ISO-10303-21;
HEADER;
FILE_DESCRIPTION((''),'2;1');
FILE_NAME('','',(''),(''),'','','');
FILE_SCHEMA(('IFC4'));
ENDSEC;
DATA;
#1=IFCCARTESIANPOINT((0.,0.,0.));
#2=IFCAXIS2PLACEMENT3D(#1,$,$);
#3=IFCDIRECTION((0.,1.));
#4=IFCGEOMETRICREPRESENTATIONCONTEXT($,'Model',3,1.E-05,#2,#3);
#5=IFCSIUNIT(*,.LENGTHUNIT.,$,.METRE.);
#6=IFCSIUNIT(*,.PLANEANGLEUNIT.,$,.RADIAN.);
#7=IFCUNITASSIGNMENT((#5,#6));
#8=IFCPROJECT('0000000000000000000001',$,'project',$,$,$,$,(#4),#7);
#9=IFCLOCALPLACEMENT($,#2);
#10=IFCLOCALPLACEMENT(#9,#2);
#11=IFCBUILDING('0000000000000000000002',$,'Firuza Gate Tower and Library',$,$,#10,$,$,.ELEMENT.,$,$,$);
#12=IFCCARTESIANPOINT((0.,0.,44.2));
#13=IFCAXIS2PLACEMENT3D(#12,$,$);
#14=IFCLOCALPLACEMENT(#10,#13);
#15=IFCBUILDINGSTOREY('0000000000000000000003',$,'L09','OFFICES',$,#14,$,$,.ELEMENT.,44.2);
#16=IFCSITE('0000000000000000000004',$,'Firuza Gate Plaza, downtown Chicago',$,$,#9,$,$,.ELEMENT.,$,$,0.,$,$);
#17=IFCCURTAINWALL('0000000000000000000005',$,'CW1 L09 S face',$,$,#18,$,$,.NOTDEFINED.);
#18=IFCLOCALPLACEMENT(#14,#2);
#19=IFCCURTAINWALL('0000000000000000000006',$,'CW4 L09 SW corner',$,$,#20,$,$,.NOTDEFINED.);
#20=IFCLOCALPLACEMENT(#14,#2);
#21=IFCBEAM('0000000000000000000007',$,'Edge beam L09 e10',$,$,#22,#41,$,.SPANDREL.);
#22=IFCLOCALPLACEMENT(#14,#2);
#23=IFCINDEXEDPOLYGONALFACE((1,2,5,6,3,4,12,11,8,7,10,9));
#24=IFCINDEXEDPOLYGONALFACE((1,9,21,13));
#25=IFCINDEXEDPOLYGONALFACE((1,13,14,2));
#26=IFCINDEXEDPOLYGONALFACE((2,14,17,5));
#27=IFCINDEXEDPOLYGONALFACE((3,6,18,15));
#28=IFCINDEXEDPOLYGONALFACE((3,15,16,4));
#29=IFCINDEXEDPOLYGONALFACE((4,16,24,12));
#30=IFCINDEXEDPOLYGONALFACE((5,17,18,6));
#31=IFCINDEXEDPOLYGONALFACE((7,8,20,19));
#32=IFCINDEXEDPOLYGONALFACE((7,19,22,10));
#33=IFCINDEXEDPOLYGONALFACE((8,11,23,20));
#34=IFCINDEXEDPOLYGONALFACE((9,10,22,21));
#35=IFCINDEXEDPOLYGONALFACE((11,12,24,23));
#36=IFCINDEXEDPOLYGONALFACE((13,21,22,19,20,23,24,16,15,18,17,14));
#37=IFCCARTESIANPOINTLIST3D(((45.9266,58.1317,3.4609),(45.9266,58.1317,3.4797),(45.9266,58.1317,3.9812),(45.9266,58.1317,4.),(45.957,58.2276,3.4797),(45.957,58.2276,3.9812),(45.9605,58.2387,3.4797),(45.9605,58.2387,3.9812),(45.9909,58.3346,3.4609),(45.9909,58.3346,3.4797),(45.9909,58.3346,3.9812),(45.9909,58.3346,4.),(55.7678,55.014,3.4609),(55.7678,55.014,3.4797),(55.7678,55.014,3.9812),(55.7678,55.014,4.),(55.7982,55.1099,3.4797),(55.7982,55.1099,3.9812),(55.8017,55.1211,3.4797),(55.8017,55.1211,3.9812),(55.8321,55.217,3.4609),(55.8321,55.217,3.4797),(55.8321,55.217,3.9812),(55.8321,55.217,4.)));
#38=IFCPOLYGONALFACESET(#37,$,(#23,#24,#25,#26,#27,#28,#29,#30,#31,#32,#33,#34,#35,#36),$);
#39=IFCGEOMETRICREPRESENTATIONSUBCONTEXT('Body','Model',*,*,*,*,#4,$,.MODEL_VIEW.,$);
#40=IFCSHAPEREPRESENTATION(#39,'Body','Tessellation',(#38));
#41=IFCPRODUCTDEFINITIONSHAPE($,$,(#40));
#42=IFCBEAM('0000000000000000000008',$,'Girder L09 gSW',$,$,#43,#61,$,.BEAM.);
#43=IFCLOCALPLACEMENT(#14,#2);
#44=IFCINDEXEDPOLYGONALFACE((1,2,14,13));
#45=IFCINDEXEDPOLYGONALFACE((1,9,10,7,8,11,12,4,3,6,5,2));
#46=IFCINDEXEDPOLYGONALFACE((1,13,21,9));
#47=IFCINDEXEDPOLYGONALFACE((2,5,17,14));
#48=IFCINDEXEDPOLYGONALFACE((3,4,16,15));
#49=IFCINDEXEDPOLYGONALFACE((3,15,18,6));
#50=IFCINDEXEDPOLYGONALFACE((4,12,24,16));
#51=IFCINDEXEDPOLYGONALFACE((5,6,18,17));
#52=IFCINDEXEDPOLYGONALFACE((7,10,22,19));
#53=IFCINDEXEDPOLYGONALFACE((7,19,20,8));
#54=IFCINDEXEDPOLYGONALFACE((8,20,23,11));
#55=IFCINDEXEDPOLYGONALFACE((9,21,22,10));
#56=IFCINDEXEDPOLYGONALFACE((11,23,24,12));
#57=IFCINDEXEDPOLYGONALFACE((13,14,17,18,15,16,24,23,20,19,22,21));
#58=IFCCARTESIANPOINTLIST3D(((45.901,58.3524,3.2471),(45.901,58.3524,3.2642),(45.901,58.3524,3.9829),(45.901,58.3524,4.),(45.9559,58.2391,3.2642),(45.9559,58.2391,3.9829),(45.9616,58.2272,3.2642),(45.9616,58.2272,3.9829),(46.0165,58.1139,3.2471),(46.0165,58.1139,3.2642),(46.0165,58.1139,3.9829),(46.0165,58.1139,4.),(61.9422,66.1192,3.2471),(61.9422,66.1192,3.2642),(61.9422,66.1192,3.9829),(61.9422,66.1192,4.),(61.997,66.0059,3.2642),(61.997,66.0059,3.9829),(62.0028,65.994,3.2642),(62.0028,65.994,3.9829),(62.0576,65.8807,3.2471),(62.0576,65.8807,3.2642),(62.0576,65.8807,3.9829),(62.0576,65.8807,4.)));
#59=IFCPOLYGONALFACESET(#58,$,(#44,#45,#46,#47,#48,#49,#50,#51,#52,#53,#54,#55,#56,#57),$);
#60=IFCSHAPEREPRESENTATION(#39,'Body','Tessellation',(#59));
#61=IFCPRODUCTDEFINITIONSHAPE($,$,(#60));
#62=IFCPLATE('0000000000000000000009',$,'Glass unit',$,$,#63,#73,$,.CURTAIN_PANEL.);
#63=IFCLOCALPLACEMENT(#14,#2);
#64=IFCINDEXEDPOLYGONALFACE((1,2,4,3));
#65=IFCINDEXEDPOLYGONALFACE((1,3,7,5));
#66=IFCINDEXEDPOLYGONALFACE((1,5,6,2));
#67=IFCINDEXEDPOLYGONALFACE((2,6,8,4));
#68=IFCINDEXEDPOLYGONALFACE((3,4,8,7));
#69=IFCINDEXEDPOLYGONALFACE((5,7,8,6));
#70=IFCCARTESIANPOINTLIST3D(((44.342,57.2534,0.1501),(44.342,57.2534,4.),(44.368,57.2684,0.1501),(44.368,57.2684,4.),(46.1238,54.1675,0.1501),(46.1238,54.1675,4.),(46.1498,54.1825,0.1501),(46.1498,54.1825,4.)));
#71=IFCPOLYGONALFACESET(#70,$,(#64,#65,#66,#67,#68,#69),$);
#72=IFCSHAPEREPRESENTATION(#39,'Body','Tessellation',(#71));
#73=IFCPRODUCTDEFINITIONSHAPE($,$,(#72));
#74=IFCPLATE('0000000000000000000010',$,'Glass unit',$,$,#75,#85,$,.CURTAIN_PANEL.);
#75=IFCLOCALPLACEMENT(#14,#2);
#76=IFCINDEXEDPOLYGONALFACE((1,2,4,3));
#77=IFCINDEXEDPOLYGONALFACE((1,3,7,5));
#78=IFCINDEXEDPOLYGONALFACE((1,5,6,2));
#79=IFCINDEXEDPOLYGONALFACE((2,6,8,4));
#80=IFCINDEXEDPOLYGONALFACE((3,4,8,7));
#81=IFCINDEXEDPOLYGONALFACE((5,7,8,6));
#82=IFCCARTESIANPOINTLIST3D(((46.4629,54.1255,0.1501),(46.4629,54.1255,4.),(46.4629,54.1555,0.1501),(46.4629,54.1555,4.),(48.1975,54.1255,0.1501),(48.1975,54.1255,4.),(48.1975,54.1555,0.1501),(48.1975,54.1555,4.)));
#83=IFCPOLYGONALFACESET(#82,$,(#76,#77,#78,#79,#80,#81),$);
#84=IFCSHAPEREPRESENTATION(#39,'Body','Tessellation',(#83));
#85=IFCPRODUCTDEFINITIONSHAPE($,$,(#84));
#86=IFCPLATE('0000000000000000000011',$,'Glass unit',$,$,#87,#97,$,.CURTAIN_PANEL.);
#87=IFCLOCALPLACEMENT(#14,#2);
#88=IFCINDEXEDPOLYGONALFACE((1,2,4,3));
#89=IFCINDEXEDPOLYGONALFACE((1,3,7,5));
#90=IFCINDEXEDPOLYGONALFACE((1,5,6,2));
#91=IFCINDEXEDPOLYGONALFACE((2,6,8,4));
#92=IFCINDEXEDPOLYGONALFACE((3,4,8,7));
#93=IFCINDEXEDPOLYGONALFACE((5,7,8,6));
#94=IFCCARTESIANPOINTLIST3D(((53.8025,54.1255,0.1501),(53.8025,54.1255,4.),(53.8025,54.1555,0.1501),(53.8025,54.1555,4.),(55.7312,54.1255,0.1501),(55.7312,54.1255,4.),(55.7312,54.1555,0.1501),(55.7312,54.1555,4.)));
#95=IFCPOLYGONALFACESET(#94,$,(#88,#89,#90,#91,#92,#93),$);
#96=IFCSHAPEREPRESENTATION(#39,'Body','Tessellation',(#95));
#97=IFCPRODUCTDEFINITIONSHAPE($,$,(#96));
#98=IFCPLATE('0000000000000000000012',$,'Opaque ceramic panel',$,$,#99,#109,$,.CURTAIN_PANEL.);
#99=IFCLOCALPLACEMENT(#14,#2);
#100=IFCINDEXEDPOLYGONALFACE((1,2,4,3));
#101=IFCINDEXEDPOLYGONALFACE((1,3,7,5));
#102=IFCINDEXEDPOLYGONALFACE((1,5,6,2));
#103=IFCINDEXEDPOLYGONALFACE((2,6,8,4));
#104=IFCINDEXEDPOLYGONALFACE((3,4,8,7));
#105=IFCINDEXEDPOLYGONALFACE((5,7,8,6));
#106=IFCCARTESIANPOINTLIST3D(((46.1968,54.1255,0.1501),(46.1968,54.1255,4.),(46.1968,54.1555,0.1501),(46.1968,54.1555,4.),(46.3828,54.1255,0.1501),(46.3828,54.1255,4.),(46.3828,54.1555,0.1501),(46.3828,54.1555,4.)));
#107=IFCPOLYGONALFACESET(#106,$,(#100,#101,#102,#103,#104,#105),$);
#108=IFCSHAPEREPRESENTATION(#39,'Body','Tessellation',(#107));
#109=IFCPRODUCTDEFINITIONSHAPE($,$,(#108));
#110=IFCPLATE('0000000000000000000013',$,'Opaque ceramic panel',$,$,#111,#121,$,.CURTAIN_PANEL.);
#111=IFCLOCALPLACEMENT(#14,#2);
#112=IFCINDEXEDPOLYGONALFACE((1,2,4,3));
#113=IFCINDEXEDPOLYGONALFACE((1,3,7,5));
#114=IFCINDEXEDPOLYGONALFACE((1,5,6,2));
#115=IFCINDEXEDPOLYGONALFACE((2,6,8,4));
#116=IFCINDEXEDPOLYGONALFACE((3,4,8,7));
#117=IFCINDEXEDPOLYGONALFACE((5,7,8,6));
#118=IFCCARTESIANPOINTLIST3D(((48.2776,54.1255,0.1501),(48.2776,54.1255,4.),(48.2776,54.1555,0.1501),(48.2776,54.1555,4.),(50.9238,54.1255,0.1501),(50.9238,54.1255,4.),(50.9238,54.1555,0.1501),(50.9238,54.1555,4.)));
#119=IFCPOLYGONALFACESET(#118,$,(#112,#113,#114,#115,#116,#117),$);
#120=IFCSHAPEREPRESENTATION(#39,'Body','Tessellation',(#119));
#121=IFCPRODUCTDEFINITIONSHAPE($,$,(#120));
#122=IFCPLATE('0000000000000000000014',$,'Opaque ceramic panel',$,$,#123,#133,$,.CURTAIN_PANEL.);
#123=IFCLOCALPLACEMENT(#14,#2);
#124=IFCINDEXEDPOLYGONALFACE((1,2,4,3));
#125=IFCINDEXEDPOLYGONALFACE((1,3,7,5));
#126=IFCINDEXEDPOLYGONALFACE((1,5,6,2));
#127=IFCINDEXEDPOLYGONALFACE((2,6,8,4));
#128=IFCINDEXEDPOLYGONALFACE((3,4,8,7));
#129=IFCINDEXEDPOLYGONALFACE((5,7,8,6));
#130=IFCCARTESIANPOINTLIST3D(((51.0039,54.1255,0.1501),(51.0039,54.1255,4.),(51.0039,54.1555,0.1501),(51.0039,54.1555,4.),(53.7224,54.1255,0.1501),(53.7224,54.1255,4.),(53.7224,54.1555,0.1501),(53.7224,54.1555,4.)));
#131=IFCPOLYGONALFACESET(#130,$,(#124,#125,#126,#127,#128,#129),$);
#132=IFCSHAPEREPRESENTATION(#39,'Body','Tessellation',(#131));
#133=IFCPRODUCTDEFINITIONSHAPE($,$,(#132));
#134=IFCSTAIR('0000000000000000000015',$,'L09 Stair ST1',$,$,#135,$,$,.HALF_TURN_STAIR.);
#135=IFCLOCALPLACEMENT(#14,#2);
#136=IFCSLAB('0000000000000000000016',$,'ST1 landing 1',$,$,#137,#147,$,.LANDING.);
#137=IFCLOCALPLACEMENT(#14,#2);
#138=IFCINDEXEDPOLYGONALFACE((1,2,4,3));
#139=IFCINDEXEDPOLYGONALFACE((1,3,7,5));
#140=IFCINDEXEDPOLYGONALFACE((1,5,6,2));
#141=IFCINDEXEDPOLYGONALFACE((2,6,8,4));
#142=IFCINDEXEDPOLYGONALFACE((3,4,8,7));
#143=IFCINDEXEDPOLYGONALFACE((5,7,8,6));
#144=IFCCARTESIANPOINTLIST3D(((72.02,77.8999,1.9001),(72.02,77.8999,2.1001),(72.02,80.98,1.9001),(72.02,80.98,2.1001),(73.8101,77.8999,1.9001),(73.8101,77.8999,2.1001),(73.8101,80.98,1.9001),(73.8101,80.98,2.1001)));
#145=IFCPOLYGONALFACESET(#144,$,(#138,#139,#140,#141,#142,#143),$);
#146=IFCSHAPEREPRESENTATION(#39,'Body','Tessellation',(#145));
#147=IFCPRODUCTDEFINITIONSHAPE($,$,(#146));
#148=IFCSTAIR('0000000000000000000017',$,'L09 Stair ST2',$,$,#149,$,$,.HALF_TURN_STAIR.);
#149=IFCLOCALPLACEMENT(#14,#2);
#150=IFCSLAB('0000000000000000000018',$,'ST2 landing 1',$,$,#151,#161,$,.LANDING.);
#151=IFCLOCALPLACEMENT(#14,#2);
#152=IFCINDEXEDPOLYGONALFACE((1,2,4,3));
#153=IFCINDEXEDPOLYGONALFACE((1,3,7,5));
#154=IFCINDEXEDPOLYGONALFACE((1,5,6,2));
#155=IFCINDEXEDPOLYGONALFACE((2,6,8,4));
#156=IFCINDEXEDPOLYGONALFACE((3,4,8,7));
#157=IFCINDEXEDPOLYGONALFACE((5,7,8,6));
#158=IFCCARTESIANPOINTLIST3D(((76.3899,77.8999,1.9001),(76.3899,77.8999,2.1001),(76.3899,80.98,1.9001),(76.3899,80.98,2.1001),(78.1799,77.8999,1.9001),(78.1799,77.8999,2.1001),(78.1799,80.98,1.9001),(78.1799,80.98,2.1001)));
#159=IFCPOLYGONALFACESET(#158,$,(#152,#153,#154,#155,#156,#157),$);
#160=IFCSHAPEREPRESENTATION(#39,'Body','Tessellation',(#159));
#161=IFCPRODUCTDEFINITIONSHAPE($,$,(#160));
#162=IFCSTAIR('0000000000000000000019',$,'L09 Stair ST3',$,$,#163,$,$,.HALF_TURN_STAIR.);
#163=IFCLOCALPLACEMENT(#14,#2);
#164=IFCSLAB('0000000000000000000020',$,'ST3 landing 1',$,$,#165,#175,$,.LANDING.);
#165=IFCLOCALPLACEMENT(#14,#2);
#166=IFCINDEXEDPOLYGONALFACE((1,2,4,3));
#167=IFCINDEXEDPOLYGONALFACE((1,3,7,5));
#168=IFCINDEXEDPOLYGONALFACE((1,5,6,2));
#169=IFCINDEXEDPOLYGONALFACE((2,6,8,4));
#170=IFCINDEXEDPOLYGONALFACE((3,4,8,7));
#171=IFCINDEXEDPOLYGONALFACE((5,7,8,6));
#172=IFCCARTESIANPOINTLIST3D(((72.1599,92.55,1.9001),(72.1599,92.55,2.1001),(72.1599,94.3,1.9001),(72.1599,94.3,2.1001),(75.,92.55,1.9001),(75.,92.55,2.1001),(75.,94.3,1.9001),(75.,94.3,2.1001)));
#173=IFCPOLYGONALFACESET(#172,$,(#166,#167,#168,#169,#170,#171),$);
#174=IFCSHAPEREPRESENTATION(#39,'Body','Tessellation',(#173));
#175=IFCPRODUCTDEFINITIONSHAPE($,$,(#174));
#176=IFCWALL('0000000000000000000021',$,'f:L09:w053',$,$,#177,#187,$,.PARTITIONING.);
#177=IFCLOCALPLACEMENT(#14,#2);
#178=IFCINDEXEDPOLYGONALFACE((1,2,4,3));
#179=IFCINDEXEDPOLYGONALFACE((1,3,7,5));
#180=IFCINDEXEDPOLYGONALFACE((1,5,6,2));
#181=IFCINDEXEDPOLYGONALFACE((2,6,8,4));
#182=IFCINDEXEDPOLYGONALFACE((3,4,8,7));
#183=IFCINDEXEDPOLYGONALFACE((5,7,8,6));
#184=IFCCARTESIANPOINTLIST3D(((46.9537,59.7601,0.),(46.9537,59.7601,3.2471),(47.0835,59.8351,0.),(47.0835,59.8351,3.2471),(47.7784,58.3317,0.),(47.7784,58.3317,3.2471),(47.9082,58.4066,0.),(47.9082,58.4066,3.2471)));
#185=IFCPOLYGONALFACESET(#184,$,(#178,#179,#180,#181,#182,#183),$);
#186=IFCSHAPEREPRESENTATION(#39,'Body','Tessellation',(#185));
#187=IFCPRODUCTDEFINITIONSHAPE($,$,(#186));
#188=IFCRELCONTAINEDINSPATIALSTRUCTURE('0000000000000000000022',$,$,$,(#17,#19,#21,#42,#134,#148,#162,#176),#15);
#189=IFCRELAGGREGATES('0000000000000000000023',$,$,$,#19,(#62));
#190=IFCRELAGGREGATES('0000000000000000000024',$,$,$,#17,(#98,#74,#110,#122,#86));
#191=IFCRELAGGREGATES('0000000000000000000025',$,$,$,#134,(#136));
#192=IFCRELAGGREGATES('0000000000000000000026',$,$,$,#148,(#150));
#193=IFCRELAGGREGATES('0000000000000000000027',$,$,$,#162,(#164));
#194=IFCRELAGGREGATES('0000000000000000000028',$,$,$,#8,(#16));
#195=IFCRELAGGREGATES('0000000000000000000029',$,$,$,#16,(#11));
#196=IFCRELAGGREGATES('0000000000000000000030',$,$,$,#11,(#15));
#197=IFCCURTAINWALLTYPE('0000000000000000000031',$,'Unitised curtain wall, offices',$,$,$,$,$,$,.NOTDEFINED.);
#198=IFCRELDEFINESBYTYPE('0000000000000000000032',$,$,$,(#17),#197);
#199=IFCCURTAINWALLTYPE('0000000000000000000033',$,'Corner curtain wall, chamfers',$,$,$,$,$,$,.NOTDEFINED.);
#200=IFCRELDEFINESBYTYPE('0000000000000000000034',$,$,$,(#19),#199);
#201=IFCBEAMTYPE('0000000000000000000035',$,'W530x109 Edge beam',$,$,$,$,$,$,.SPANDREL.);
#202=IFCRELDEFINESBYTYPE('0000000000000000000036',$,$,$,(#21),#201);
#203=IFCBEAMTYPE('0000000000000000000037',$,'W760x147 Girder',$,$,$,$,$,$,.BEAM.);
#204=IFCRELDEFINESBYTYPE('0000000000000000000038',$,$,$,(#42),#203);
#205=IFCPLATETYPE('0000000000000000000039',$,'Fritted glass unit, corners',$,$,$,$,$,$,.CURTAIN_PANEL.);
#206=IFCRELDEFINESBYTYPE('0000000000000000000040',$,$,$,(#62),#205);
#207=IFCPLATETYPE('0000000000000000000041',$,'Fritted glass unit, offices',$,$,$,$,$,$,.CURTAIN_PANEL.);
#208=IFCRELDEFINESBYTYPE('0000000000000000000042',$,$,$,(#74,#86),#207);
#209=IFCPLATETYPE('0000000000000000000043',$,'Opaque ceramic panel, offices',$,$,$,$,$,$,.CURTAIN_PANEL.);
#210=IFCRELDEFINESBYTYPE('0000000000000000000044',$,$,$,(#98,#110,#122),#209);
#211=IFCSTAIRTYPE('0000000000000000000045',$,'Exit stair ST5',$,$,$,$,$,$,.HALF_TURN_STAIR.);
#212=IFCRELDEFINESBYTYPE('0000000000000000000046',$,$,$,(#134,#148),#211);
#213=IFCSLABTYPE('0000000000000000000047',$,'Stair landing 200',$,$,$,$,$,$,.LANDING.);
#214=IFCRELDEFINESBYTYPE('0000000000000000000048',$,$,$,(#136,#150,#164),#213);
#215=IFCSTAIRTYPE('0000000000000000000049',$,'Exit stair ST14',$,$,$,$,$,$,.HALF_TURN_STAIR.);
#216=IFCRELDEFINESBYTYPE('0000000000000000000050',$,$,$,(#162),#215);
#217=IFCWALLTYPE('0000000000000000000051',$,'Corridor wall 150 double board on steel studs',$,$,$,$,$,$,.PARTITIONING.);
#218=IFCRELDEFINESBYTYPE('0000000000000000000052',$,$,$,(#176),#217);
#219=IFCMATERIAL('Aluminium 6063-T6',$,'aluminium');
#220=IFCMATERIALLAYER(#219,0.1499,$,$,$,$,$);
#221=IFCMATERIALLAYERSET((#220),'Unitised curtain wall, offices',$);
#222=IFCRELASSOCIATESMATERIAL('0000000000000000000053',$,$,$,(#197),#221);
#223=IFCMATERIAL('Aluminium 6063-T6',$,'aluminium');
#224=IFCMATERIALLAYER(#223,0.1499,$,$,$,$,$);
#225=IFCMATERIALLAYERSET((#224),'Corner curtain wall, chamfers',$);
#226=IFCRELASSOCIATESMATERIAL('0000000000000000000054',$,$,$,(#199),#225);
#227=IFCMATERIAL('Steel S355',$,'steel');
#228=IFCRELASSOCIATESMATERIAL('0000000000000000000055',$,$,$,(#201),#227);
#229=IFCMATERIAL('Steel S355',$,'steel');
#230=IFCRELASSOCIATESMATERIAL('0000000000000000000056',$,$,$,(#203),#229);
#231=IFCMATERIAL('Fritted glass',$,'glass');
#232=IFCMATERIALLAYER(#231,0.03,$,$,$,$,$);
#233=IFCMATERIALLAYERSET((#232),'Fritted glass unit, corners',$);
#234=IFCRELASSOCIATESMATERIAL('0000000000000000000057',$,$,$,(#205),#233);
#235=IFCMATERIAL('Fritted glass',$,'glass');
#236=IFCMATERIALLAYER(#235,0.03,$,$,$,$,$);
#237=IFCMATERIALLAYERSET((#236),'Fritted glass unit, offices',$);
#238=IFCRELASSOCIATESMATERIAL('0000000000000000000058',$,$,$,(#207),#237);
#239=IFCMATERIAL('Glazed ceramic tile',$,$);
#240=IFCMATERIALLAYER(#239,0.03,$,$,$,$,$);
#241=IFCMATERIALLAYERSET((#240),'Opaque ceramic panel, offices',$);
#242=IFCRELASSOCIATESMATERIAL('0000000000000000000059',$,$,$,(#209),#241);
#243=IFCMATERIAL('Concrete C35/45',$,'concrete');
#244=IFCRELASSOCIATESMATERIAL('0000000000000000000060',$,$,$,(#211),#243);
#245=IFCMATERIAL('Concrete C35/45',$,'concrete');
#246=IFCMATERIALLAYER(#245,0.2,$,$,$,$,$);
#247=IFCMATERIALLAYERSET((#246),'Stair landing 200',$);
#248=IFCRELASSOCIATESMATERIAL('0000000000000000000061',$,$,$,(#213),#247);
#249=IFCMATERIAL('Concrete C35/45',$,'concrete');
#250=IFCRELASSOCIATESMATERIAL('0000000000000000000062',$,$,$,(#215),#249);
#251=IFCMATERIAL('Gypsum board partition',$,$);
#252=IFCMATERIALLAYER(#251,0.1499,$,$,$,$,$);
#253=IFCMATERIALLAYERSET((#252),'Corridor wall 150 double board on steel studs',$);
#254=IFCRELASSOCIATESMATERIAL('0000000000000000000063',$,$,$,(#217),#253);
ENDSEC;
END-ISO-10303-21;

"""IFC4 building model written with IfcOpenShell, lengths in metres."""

from ifc_helpers import new_model, si_unit, direction, frame, frame_2d, origin, origin_2d, place, context, subcontext, project, spatial, polyline, rectangle, i_section, outline, extrude, material, layer, layer_set, material_profile, profile_set, type_object, element, aggregate, save


model = new_model("IFC4")

# Units and contexts
model_context = context("Model", 3, precision=1e-05, world=origin(), true_north=direction((0.0, 1.0)))
body_context = subcontext(model_context, "Body", "Model", "MODEL_VIEW")
ifc_project = project(units=[si_unit("LENGTHUNIT", "METRE"), si_unit("PLANEANGLEUNIT", "RADIAN")], contexts=[model_context])

# Site, building, storey
site_placement = place(None, origin())
site = spatial("IfcSite", under=ifc_project, at=site_placement, Name="Firuza Gate Plaza, downtown Chicago", CompositionType="ELEMENT", RefElevation=0.0)
building_placement = place(site_placement, origin())
building = spatial("IfcBuilding", under=site, at=building_placement, Name="Firuza Gate Tower and Library", CompositionType="ELEMENT")
storey_placement = place(building_placement, frame((0.0, 0.0, 44.2)))
storey = spatial("IfcBuildingStorey", under=building, at=storey_placement, Name="L09", Description="OFFICES", CompositionType="ELEMENT", Elevation=44.2)

# Curtain walls
ifc_material_1 = material(Name="Aluminium 6063-T6", Category="aluminium")
ifc_layer_1 = layer(ifc_material_1, 0.1499)
ifc_layer_set_1 = layer_set([ifc_layer_1], Name="Unitised curtain wall, offices")
curtain_wall_type_1 = type_object("IfcCurtainWallType", Name="Unitised curtain wall, offices", PredefinedType="NOTDEFINED", material=ifc_layer_set_1)
placement_1 = place(storey_placement, origin())
curtain_wall_1 = element("IfcCurtainWall", 1, at=placement_1, inside=storey, type_object=curtain_wall_type_1, Name="CW1 L09 S face", PredefinedType="NOTDEFINED")
ifc_material_2 = material(Name="Aluminium 6063-T6", Category="aluminium")
ifc_layer_2 = layer(ifc_material_2, 0.1499)
ifc_layer_set_2 = layer_set([ifc_layer_2], Name="Corner curtain wall, chamfers")
curtain_wall_type_2 = type_object("IfcCurtainWallType", Name="Corner curtain wall, chamfers", PredefinedType="NOTDEFINED", material=ifc_layer_set_2)
curtain_wall_2 = element("IfcCurtainWall", 2, at=placement_1, inside=storey, type_object=curtain_wall_type_2, Name="CW4 L09 SW corner", PredefinedType="NOTDEFINED")

# Beams
ifc_material_3 = material(Name="Steel S355", Category="steel")
ifc_material_profile_1 = material_profile(ifc_material_3, i_section(OverallWidth=0.2129, OverallDepth=0.5391, WebThickness=0.0117, FlangeThickness=0.0188, at=origin_2d()))
ifc_profile_set_1 = profile_set([ifc_material_profile_1], Name="Steel S355")
beam_type_1 = type_object("IfcBeamType", Name="W530x109 Edge beam", PredefinedType="SPANDREL", material=ifc_profile_set_1)
beam_1_placement = place(storey_placement, frame((45.9587, 58.2332, 3.7305), z_axis=(0.953307, -0.302003, 0.0), x_axis=(0.302003, 0.953307, 0.0)))
element("IfcBeam", 3, at=beam_1_placement, inside=storey, type_object=beam_type_1, Name="Edge beam L09 e10", PredefinedType="SPANDREL", context=body_context, shape_type="SweptSolid", body=[
    extrude(i_section(OverallWidth=0.2129, OverallDepth=0.5391, WebThickness=0.0117, FlangeThickness=0.0188, at=origin_2d()), origin(), (0.0, 0.0, 1.0), 10.3232),
])
ifc_material_4 = material(Name="Steel S355", Category="steel")
ifc_material_profile_2 = material_profile(ifc_material_4, i_section(OverallWidth=0.2649, OverallDepth=0.7529, WebThickness=0.0132, FlangeThickness=0.0171, at=origin_2d()))
ifc_profile_set_2 = profile_set([ifc_material_profile_2], Name="Steel S355")
beam_type_2 = type_object("IfcBeamType", Name="W760x147 Girder", PredefinedType="BEAM", material=ifc_profile_set_2)
beam_2_placement = place(storey_placement, frame((45.9587, 58.2332, 3.6235), z_axis=(0.90005, 0.435786, 0.0), x_axis=(-0.435786, 0.90005, 0.0)))
element("IfcBeam", 4, at=beam_2_placement, inside=storey, type_object=beam_type_2, Name="Girder L09 gSW", PredefinedType="BEAM", context=body_context, shape_type="SweptSolid", body=[
    extrude(i_section(OverallWidth=0.2649, OverallDepth=0.7529, WebThickness=0.0132, FlangeThickness=0.0171, at=origin_2d()), origin(), (0.0, 0.0, 1.0), 17.8225),
])

# Plates
ifc_material_5 = material(Name="Fritted glass", Category="glass")
ifc_layer_3 = layer(ifc_material_5, 0.03)
ifc_layer_set_3 = layer_set([ifc_layer_3], Name="Fritted glass unit, corners")
plate_type_1 = type_object("IfcPlateType", Name="Fritted glass unit, corners", PredefinedType="CURTAIN_PANEL", material=ifc_layer_set_3)
plate_1_placement = place(storey_placement, frame((44.342, 57.2534, 0.1501), z_axis=(-0.866017, -0.500015, 0.0), x_axis=(0.500015, -0.866017, 0.0)))
plate_1 = element("IfcPlate", 5, at=plate_1_placement, type_object=plate_type_1, Name="Glass unit", PredefinedType="CURTAIN_PANEL", context=body_context, shape_type="SweptSolid", body=[
    extrude(outline(polyline([(0.0, 0.0), (3.5634, 0.0), (3.5634, 3.8499), (0.0, 3.8499), (0.0, 0.0)])), origin(), (0.0, 0.0, -1.0), 0.03),
])
aggregate(curtain_wall_2, [plate_1])
ifc_material_6 = material(Name="Fritted glass", Category="glass")
ifc_layer_4 = layer(ifc_material_6, 0.03)
ifc_layer_set_4 = layer_set([ifc_layer_4], Name="Fritted glass unit, offices")
plate_type_2 = type_object("IfcPlateType", Name="Fritted glass unit, offices", PredefinedType="CURTAIN_PANEL", material=ifc_layer_set_4)
plate_2_placement = place(storey_placement, frame((46.4629, 54.1255, 0.1501), z_axis=(0.0, -1.0, 0.0), x_axis=(1.0, 0.0, 0.0)))
plate_2 = element("IfcPlate", 6, at=plate_2_placement, type_object=plate_type_2, Name="Glass unit", PredefinedType="CURTAIN_PANEL", context=body_context, shape_type="SweptSolid", body=[
    extrude(outline(polyline([(0.0, 0.0), (1.7346, 0.0), (1.7346, 3.8499), (0.0, 3.8499), (0.0, 0.0)])), origin(), (0.0, 0.0, -1.0), 0.03),
])
plate_3_placement = place(storey_placement, frame((53.8025, 54.1255, 0.1501), z_axis=(0.0, -1.0, 0.0), x_axis=(1.0, 0.0, 0.0)))
plate_3 = element("IfcPlate", 7, at=plate_3_placement, type_object=plate_type_2, Name="Glass unit", PredefinedType="CURTAIN_PANEL", context=body_context, shape_type="SweptSolid", body=[
    extrude(outline(polyline([(0.0, 0.0), (1.9287, 0.0), (1.9287, 3.8499), (0.0, 3.8499), (0.0, 0.0)])), origin(), (0.0, 0.0, -1.0), 0.03),
])
ifc_material_7 = material(Name="Glazed ceramic tile")
ifc_layer_5 = layer(ifc_material_7, 0.03)
ifc_layer_set_5 = layer_set([ifc_layer_5], Name="Opaque ceramic panel, offices")
plate_type_3 = type_object("IfcPlateType", Name="Opaque ceramic panel, offices", PredefinedType="CURTAIN_PANEL", material=ifc_layer_set_5)
plate_4_placement = place(storey_placement, frame((46.1968, 54.1255, 0.1501), z_axis=(0.0, -1.0, 0.0), x_axis=(1.0, 0.0, 0.0)))
plate_4 = element("IfcPlate", 8, at=plate_4_placement, type_object=plate_type_3, Name="Opaque ceramic panel", PredefinedType="CURTAIN_PANEL", context=body_context, shape_type="SweptSolid", body=[
    extrude(outline(polyline([(0.0, 0.0), (0.186, 0.0), (0.186, 3.8499), (0.0, 3.8499), (0.0, 0.0)])), origin(), (0.0, 0.0, -1.0), 0.03),
])
plate_5_placement = place(storey_placement, frame((48.2776, 54.1255, 0.1501), z_axis=(0.0, -1.0, 0.0), x_axis=(1.0, 0.0, 0.0)))
plate_5 = element("IfcPlate", 9, at=plate_5_placement, type_object=plate_type_3, Name="Opaque ceramic panel", PredefinedType="CURTAIN_PANEL", context=body_context, shape_type="SweptSolid", body=[
    extrude(outline(polyline([(0.0, 0.0), (2.6462, 0.0), (2.6462, 3.8499), (0.0, 3.8499), (0.0, 0.0)])), origin(), (0.0, 0.0, -1.0), 0.03),
])
plate_6_placement = place(storey_placement, frame((51.0039, 54.1255, 0.1501), z_axis=(0.0, -1.0, 0.0), x_axis=(1.0, 0.0, 0.0)))
plate_6 = element("IfcPlate", 10, at=plate_6_placement, type_object=plate_type_3, Name="Opaque ceramic panel", PredefinedType="CURTAIN_PANEL", context=body_context, shape_type="SweptSolid", body=[
    extrude(outline(polyline([(0.0, 0.0), (2.7185, 0.0), (2.7185, 3.8499), (0.0, 3.8499), (0.0, 0.0)])), origin(), (0.0, 0.0, -1.0), 0.03),
])
aggregate(curtain_wall_1, [plate_4, plate_2, plate_5, plate_6, plate_3])

# Stairs, slabs
ifc_material_8 = material(Name="Concrete C35/45", Category="concrete")
stair_type_1 = type_object("IfcStairType", Name="Exit stair ST5", PredefinedType="HALF_TURN_STAIR", material=ifc_material_8)
stair_1 = element("IfcStair", 11, at=placement_1, inside=storey, type_object=stair_type_1, Name="L09 Stair ST1", PredefinedType="HALF_TURN_STAIR")
ifc_material_9 = material(Name="Concrete C35/45", Category="concrete")
ifc_layer_6 = layer(ifc_material_9, 0.2)
ifc_layer_set_6 = layer_set([ifc_layer_6], Name="Stair landing 200")
slab_type_1 = type_object("IfcSlabType", Name="Stair landing 200", PredefinedType="LANDING", material=ifc_layer_set_6)
placement_2 = place(storey_placement, frame((0.0, 0.0, 1.9001)))
slab_1 = element("IfcSlab", 12, at=placement_2, type_object=slab_type_1, Name="ST1 landing 1", PredefinedType="LANDING", context=body_context, shape_type="SweptSolid", body=[
    extrude(outline(polyline([(72.02, 77.8999), (73.8101, 77.8999), (73.8101, 80.98), (72.02, 80.98), (72.02, 77.8999)])), origin(), (0.0, 0.0, 1.0), 0.2),
])
aggregate(stair_1, [slab_1])
stair_2 = element("IfcStair", 13, at=placement_1, inside=storey, type_object=stair_type_1, Name="L09 Stair ST2", PredefinedType="HALF_TURN_STAIR")
slab_2 = element("IfcSlab", 14, at=placement_2, type_object=slab_type_1, Name="ST2 landing 1", PredefinedType="LANDING", context=body_context, shape_type="SweptSolid", body=[
    extrude(outline(polyline([(78.1799, 80.98), (76.3899, 80.98), (76.3899, 77.8999), (78.1799, 77.8999), (78.1799, 80.98)])), origin(), (0.0, 0.0, 1.0), 0.2),
])
aggregate(stair_2, [slab_2])
ifc_material_10 = material(Name="Concrete C35/45", Category="concrete")
stair_type_2 = type_object("IfcStairType", Name="Exit stair ST14", PredefinedType="HALF_TURN_STAIR", material=ifc_material_10)
stair_3 = element("IfcStair", 15, at=placement_1, inside=storey, type_object=stair_type_2, Name="L09 Stair ST3", PredefinedType="HALF_TURN_STAIR")
slab_3 = element("IfcSlab", 16, at=placement_2, type_object=slab_type_1, Name="ST3 landing 1", PredefinedType="LANDING", context=body_context, shape_type="SweptSolid", body=[
    extrude(outline(polyline([(75.0, 92.55), (75.0, 94.3), (72.1599, 94.3), (72.1599, 92.55), (75.0, 92.55)])), origin(), (0.0, 0.0, 1.0), 0.2),
])
aggregate(stair_3, [slab_3])

# Wall
ifc_material_11 = material(Name="Gypsum board partition")
ifc_layer_7 = layer(ifc_material_11, 0.1499)
ifc_layer_set_7 = layer_set([ifc_layer_7], Name="Corridor wall 150 double board on steel studs")
wall_type = type_object("IfcWallType", Name="Corridor wall 150 double board on steel studs", PredefinedType="PARTITIONING", material=ifc_layer_set_7)
wall_placement = place(storey_placement, frame((47.8433, 58.3691, 0.0), z_axis=(0.0, 0.0, 1.0), x_axis=(-0.499992, 0.86603, 0.0)))
element("IfcWall", 17, at=wall_placement, inside=storey, type_object=wall_type, Name="f:L09:w053", PredefinedType="PARTITIONING", context=body_context, shape_type="SweptSolid", body=[
    extrude(rectangle(XDim=1.6494, YDim=0.1499, at=frame_2d((0.8247, 0.0))), origin(), (0.0, 0.0, 1.0), 3.2471),
])

save(model, "model.ifc")
